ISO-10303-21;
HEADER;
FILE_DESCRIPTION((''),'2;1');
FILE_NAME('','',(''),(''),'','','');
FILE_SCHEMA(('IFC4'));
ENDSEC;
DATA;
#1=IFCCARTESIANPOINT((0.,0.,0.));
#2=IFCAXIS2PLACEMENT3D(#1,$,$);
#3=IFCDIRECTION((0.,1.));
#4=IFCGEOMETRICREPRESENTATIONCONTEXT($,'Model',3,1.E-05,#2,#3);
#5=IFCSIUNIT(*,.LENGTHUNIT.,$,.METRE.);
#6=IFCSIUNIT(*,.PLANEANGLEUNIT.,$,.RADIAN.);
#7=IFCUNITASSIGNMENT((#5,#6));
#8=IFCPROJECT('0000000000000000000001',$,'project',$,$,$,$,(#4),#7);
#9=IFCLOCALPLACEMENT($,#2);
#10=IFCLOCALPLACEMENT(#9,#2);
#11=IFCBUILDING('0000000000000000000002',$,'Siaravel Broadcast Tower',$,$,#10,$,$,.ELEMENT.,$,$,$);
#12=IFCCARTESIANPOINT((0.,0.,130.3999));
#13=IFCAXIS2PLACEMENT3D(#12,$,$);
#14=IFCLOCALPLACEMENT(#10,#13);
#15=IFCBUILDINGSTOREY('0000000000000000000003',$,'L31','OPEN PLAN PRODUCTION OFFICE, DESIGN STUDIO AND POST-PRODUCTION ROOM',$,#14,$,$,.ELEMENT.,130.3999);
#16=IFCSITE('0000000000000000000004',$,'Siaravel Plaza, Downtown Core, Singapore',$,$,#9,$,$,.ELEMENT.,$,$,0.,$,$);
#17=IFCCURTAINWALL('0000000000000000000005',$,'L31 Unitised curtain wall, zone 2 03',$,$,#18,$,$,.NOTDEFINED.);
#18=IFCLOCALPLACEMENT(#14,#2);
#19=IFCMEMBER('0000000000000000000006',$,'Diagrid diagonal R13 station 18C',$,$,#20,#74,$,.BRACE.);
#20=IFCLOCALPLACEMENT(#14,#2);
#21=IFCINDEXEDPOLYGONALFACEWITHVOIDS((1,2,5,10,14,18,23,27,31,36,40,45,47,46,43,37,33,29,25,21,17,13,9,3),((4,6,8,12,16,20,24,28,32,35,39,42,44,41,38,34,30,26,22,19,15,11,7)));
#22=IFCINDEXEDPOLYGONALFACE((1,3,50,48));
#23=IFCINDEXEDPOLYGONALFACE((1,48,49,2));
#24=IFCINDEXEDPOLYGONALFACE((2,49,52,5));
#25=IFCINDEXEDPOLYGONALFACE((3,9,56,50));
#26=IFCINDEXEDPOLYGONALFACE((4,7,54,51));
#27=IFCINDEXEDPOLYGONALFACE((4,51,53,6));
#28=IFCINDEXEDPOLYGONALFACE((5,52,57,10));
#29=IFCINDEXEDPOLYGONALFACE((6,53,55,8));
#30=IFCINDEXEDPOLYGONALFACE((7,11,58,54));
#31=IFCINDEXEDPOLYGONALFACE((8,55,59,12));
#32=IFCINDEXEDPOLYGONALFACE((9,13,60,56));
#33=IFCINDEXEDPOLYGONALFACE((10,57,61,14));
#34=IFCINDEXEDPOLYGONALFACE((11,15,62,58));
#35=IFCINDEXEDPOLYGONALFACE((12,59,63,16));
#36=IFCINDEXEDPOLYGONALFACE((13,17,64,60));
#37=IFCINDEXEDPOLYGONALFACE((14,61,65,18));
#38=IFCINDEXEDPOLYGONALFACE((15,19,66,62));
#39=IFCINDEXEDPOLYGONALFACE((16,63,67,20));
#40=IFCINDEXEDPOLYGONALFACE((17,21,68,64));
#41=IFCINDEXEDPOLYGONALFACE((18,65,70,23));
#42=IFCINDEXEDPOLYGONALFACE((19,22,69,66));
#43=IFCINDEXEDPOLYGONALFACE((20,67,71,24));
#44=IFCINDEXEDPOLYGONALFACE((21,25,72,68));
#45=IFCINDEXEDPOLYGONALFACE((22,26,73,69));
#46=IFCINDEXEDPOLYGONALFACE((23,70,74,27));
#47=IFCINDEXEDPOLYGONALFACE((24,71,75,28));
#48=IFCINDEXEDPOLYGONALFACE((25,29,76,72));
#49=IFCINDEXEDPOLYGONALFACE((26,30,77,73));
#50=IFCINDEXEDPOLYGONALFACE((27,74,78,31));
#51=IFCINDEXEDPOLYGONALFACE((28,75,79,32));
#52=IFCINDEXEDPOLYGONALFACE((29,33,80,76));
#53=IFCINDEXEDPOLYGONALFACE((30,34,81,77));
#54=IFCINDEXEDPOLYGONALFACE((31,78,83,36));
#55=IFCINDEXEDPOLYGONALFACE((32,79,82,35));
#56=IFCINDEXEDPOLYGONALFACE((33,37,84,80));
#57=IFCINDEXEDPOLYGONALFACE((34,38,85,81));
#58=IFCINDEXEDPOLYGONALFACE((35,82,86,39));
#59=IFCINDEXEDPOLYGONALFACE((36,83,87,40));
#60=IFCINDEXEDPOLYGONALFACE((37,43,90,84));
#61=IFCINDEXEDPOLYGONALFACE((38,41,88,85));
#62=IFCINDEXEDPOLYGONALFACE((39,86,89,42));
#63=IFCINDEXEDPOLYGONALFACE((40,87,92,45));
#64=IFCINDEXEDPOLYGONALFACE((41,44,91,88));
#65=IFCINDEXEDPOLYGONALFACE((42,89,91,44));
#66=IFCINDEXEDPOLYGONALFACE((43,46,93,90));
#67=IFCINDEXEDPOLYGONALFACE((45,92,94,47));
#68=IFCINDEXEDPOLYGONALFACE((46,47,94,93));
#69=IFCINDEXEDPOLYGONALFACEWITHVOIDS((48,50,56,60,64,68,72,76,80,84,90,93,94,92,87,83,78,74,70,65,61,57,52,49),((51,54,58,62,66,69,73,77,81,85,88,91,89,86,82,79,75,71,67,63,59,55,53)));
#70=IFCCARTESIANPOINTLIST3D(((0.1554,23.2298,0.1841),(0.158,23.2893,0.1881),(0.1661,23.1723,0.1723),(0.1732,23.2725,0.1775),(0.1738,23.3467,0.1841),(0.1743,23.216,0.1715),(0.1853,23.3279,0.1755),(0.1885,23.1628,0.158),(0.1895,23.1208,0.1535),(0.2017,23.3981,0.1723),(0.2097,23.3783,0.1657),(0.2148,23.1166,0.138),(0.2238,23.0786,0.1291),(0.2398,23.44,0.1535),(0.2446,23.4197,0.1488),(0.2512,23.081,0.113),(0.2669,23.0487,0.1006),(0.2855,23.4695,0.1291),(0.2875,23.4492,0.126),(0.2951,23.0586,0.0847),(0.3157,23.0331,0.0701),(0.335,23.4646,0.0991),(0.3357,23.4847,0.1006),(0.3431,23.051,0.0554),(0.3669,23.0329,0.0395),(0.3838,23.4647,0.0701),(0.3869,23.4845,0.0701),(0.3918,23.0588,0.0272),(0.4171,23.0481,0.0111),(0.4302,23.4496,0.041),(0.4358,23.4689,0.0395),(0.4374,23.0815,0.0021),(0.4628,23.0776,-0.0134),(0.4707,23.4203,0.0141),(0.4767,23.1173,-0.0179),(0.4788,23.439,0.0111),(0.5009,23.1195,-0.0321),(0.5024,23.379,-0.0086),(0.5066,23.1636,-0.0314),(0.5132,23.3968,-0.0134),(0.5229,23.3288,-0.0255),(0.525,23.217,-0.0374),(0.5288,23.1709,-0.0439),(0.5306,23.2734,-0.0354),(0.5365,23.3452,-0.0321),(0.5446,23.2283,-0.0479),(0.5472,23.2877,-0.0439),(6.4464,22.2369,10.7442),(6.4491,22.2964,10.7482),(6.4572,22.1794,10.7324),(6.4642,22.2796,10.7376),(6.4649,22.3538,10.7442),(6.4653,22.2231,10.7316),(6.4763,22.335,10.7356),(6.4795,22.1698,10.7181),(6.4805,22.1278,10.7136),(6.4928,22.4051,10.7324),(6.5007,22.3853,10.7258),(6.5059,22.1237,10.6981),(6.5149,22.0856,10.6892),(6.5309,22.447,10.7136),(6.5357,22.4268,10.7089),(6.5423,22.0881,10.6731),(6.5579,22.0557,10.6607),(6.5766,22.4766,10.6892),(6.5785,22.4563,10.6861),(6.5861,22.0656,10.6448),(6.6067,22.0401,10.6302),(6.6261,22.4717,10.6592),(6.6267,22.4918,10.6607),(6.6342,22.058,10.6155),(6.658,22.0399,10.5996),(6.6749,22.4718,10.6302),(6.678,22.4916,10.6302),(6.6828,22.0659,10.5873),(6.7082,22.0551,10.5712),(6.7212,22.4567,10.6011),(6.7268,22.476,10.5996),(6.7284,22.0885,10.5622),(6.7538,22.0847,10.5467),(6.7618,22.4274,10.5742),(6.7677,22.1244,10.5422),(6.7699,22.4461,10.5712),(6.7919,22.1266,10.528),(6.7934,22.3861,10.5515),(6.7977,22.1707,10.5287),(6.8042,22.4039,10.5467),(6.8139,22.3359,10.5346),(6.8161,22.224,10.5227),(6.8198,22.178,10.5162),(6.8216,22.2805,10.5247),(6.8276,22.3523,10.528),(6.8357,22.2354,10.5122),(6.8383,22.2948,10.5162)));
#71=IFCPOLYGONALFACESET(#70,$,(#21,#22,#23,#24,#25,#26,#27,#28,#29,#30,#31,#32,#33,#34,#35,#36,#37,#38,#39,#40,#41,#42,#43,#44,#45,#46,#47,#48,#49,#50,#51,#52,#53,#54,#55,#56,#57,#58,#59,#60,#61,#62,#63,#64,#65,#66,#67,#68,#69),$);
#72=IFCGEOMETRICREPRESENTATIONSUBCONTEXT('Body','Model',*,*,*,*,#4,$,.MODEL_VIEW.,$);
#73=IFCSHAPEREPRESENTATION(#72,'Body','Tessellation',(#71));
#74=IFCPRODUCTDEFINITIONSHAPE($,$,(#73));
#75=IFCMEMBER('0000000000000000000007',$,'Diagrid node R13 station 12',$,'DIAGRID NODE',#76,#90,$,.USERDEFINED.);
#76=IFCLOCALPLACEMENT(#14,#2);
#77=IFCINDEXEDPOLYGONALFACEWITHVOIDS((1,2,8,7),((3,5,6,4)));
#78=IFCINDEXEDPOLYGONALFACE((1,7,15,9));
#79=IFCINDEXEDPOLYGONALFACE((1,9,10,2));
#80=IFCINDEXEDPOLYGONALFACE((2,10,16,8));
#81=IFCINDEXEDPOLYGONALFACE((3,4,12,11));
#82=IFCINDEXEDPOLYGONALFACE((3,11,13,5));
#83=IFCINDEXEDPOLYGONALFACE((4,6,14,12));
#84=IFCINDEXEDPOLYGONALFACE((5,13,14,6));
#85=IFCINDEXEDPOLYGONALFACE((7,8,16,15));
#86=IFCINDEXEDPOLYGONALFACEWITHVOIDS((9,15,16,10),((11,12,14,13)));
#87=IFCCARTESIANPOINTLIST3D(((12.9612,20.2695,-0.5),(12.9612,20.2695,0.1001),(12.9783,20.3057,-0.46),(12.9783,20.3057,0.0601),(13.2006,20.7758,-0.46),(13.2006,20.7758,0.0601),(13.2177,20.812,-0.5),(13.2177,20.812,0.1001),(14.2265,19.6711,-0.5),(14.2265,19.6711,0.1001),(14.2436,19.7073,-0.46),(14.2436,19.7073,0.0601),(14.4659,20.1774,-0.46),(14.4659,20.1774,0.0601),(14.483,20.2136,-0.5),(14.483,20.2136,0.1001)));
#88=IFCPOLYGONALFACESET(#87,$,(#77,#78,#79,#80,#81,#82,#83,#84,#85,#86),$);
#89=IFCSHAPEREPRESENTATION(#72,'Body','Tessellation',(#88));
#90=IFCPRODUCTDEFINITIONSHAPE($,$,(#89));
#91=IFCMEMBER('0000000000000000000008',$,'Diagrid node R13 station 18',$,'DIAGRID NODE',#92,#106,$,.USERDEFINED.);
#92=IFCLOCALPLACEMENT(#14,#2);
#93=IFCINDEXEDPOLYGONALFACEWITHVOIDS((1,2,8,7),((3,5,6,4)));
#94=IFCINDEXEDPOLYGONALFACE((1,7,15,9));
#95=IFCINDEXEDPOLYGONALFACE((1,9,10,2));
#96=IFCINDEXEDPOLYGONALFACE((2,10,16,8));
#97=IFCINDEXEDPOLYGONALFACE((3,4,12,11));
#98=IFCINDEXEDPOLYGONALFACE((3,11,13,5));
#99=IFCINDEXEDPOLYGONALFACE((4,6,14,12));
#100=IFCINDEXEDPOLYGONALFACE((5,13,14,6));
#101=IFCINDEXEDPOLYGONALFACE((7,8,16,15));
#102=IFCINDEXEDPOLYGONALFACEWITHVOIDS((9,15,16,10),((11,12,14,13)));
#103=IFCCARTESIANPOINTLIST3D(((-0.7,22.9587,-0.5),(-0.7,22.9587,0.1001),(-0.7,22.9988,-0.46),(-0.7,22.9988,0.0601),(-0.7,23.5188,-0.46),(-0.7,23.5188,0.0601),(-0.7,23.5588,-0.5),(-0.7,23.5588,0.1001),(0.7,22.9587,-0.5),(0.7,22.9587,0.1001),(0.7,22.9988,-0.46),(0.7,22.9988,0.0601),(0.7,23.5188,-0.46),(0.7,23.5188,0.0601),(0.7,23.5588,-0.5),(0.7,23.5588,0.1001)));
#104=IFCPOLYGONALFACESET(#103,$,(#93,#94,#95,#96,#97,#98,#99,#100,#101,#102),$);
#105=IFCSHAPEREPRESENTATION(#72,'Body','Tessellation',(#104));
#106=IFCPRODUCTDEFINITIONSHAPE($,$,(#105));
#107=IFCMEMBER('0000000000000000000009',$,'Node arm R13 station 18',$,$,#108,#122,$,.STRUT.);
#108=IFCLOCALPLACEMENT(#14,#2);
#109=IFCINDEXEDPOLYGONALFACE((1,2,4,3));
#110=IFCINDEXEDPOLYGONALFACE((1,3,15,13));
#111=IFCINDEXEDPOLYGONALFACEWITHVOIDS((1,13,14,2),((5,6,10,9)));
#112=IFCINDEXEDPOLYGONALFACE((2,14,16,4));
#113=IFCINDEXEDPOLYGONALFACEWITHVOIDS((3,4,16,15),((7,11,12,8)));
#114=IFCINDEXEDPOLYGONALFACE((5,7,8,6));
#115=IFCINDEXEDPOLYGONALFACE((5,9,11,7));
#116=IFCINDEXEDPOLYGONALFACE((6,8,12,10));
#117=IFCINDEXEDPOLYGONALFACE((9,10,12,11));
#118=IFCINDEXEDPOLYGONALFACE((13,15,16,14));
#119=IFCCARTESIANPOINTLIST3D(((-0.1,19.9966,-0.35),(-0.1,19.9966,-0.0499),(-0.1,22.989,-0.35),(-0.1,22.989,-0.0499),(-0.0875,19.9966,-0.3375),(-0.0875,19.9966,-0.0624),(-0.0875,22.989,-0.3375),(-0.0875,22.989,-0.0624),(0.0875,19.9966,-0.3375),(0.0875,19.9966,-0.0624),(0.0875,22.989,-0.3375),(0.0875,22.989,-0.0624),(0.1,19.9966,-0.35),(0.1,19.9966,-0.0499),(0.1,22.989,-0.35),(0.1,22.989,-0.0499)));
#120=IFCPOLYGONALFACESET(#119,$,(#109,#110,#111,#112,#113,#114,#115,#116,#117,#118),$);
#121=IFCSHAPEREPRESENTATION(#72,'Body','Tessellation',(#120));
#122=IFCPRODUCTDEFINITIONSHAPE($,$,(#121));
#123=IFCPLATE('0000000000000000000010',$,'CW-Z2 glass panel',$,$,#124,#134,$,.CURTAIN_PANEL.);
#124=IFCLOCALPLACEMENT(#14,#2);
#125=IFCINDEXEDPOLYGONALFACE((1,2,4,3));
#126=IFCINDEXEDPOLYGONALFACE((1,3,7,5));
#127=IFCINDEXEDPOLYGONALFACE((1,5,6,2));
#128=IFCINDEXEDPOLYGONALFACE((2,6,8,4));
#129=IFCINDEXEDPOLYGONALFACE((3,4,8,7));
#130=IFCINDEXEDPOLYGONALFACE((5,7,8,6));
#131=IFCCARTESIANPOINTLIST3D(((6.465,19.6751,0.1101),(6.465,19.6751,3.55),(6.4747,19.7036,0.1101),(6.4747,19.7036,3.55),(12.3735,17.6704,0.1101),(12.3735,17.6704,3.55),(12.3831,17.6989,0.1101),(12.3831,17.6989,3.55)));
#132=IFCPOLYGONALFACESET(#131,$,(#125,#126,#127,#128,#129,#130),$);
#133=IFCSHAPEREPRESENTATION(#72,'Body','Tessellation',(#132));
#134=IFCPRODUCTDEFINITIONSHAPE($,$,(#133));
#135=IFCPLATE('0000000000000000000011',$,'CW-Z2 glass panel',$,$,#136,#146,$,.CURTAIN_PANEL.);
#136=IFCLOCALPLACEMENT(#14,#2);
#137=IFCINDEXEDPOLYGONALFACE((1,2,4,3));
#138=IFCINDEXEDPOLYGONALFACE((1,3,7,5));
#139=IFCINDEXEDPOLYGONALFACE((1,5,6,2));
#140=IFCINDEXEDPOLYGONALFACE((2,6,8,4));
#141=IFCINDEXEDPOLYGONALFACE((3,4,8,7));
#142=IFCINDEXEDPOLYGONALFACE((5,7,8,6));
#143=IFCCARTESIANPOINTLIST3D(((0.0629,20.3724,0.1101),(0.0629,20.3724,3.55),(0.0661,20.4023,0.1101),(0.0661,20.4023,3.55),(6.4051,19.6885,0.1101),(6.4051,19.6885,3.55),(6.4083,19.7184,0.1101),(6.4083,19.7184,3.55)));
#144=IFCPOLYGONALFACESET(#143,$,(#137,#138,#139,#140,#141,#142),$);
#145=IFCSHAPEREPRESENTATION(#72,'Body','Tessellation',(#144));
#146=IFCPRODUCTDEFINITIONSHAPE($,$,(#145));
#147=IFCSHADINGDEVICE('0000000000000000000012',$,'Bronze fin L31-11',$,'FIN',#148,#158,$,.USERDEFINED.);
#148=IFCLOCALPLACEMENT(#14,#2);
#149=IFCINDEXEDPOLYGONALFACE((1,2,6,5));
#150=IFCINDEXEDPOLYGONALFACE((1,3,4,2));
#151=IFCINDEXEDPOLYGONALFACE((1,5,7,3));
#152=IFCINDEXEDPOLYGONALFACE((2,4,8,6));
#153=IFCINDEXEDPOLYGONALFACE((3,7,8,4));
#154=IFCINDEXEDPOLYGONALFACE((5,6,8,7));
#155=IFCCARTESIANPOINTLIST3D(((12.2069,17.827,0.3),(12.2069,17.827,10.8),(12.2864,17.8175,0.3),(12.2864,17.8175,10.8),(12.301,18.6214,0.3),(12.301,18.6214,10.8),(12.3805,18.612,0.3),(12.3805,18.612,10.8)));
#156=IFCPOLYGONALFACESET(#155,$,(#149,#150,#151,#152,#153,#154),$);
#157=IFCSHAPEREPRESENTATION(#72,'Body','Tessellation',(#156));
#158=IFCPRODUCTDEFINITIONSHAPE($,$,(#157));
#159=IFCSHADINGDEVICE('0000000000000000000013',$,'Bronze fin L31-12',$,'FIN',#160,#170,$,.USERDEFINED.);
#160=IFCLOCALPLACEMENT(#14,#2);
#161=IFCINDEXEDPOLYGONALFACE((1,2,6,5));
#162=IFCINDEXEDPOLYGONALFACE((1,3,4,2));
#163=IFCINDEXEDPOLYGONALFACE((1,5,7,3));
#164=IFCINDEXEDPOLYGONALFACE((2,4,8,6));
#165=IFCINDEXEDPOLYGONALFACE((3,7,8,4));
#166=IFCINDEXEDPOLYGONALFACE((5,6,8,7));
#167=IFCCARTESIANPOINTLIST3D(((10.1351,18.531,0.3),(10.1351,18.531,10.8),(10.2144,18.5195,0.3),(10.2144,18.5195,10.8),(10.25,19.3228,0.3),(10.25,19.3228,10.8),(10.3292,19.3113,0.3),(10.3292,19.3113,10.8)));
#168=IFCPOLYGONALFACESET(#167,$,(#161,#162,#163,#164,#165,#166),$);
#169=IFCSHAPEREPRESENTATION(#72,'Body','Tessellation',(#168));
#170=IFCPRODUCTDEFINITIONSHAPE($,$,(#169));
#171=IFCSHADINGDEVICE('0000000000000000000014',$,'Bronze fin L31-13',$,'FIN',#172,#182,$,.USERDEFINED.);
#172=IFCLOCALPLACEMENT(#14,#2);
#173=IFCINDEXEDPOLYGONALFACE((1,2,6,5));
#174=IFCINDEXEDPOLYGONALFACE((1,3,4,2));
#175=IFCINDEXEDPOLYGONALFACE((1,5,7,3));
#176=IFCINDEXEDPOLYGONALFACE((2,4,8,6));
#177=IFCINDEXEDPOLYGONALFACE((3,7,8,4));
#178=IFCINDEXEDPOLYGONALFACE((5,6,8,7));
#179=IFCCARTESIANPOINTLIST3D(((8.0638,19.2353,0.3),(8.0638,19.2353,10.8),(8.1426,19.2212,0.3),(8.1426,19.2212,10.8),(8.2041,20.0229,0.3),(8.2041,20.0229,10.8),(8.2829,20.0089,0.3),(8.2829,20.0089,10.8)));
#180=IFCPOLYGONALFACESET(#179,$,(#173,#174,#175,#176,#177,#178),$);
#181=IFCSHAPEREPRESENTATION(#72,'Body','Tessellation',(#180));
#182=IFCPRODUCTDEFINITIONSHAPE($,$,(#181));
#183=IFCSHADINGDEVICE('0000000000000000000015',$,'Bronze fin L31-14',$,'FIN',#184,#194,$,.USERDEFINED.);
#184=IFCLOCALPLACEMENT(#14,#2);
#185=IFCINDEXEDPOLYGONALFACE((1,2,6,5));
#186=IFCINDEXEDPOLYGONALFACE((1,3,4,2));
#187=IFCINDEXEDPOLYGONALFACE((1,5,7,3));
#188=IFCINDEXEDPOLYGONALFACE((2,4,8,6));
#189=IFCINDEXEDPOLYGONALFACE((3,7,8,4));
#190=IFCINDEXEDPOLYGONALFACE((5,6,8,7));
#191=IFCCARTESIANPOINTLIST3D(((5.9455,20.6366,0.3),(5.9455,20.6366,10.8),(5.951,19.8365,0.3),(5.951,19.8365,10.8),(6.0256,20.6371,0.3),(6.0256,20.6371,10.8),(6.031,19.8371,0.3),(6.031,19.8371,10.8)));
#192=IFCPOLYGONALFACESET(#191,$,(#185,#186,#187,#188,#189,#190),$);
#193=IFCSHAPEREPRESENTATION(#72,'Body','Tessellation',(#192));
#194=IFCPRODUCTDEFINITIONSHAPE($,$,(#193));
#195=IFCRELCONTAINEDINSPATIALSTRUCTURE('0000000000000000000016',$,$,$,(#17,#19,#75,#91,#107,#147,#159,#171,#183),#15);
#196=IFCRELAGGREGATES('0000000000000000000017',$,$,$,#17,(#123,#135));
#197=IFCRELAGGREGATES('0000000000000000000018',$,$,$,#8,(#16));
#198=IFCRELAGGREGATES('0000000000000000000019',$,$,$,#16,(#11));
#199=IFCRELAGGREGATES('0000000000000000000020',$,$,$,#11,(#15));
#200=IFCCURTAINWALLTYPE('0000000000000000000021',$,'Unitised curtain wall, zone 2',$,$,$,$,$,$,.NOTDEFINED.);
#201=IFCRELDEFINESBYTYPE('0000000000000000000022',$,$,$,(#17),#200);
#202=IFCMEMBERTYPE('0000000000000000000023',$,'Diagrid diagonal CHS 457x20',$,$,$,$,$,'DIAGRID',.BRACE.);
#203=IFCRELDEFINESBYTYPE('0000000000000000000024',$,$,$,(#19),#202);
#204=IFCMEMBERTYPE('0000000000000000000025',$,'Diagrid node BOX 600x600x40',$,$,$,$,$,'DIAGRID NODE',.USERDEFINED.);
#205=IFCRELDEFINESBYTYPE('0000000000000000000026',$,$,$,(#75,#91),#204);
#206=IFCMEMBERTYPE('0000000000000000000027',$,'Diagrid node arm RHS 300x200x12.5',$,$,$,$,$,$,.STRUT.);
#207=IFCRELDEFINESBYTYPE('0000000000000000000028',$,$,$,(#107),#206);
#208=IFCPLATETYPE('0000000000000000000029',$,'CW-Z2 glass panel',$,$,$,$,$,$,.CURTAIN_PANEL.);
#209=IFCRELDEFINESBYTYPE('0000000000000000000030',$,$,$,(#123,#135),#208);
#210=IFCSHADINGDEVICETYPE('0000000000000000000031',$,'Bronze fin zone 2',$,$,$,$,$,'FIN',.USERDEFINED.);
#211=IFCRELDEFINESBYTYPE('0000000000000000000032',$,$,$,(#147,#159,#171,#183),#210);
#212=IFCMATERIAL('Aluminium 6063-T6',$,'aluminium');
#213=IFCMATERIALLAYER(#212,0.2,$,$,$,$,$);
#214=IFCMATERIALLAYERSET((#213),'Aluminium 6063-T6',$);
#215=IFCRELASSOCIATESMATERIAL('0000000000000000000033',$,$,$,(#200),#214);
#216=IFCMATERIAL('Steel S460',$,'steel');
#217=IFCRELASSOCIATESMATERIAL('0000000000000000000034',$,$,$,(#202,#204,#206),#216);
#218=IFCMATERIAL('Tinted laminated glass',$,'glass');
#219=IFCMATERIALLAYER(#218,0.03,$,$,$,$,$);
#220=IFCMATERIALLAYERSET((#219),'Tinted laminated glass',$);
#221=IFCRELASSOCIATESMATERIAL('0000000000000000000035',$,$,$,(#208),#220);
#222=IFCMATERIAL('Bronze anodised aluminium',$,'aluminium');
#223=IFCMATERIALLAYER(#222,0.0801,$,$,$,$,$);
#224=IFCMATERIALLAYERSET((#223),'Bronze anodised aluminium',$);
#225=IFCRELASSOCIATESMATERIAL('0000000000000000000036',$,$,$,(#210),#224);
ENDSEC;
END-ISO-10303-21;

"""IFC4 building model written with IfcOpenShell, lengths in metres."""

from ifc_helpers import new_model, si_unit, direction, frame, origin, origin_2d, place, context, subcontext, project, spatial, rectangle, hollow_rectangle, hollow_circle, extrude, material, layer, layer_set, material_profile, profile_set, type_object, element, aggregate, save


model = new_model("IFC4")

# Units and contexts
model_context = context("Model", 3, precision=1e-05, world=origin(), true_north=direction((0.0, 1.0)))
body_context = subcontext(model_context, "Body", "Model", "MODEL_VIEW")
ifc_project = project(units=[si_unit("LENGTHUNIT", "METRE"), si_unit("PLANEANGLEUNIT", "RADIAN")], contexts=[model_context])

# Site, building, storey
site_placement = place(None, origin())
site = spatial("IfcSite", under=ifc_project, at=site_placement, Name="Siaravel Plaza, Downtown Core, Singapore", CompositionType="ELEMENT", RefElevation=0.0)
building_placement = place(site_placement, origin())
building = spatial("IfcBuilding", under=site, at=building_placement, Name="Siaravel Broadcast Tower", CompositionType="ELEMENT")
storey_placement = place(building_placement, frame((0.0, 0.0, 130.3999)))
storey = spatial("IfcBuildingStorey", under=building, at=storey_placement, Name="L31", Description="OPEN PLAN PRODUCTION OFFICE, DESIGN STUDIO AND POST-PRODUCTION ROOM", CompositionType="ELEMENT", Elevation=130.3999)

# Curtain wall
ifc_material_1 = material(Name="Aluminium 6063-T6", Category="aluminium")
ifc_layer_1 = layer(ifc_material_1, 0.2)
ifc_layer_set_1 = layer_set([ifc_layer_1], Name="Aluminium 6063-T6")
curtain_wall_type = type_object("IfcCurtainWallType", Name="Unitised curtain wall, zone 2", PredefinedType="NOTDEFINED", material=ifc_layer_set_1)
curtain_wall_placement = place(storey_placement, origin())
curtain_wall = element("IfcCurtainWall", 1, at=curtain_wall_placement, inside=storey, type_object=curtain_wall_type, Name="L31 Unitised curtain wall, zone 2 03", PredefinedType="NOTDEFINED")

# Members
ifc_material_2 = material(Name="Steel S460", Category="steel")
ifc_material_profile_1 = material_profile(ifc_material_2, hollow_circle(Radius=0.2285, WallThickness=0.02, at=origin_2d()))
ifc_profile_set_1 = profile_set([ifc_material_profile_1], Name="Steel S460")
member_type_1 = type_object("IfcMemberType", Name="Diagrid diagonal CHS 457x20", ElementType="DIAGRID", PredefinedType="BRACE", material=ifc_profile_set_1)
member_1_placement = place(storey_placement, frame((0.3513, 23.2588, 0.0701), z_axis=(0.510139, -0.080516, 0.856315), x_axis=(0.155902, 0.987773, 0.0)))
element("IfcMember", 2, at=member_1_placement, inside=storey, type_object=member_type_1, Name="Diagrid diagonal R13 station 18C", PredefinedType="BRACE", context=body_context, shape_type="SweptSolid", body=[
    extrude(hollow_circle(Radius=0.2285, WallThickness=0.02, at=origin_2d()), origin(), (0.0, 0.0, 1.0), 12.332),
])
ifc_material_profile_2 = material_profile(ifc_material_2, hollow_rectangle(XDim=0.6001, YDim=0.6001, WallThickness=0.04, at=origin_2d()))
ifc_profile_set_2 = profile_set([ifc_material_profile_2], Name="Steel S460")
member_type_2 = type_object("IfcMemberType", Name="Diagrid node BOX 600x600x40", ElementType="DIAGRID NODE", PredefinedType="USERDEFINED", material=ifc_profile_set_2)
member_2_placement = place(storey_placement, frame((14.3547, 19.9424, -0.2), z_axis=(-0.904015, 0.427501, 0.0), x_axis=(-0.427501, -0.904015, 0.0)))
element("IfcMember", 3, at=member_2_placement, inside=storey, type_object=member_type_2, Name="Diagrid node R13 station 12", ObjectType="DIAGRID NODE", PredefinedType="USERDEFINED", context=body_context, shape_type="SweptSolid", body=[
    extrude(hollow_rectangle(XDim=0.6001, YDim=0.6001, WallThickness=0.04, at=origin_2d()), origin(), (0.0, 0.0, 1.0), 1.3997),
])
member_3_placement = place(storey_placement, frame((0.7, 23.2588, -0.2), z_axis=(-1.0, 0.0, 0.0), x_axis=(0.0, -1.0, 0.0)))
element("IfcMember", 4, at=member_3_placement, inside=storey, type_object=member_type_2, Name="Diagrid node R13 station 18", ObjectType="DIAGRID NODE", PredefinedType="USERDEFINED", context=body_context, shape_type="SweptSolid", body=[
    extrude(hollow_rectangle(XDim=0.6001, YDim=0.6001, WallThickness=0.04, at=origin_2d()), origin(), (0.0, 0.0, 1.0), 1.3999),
])
ifc_material_profile_3 = material_profile(ifc_material_2, hollow_rectangle(XDim=0.2, YDim=0.3, WallThickness=0.0125, at=origin_2d()))
ifc_profile_set_3 = profile_set([ifc_material_profile_3], Name="Steel S460")
member_type_3 = type_object("IfcMemberType", Name="Diagrid node arm RHS 300x200x12.5", PredefinedType="STRUT", material=ifc_profile_set_3)
member_4_placement = place(storey_placement, frame((0.0, 19.9966, -0.2), z_axis=(0.0, 1.0, 0.0), x_axis=(-1.0, 0.0, 0.0)))
element("IfcMember", 5, at=member_4_placement, inside=storey, type_object=member_type_3, Name="Node arm R13 station 18", PredefinedType="STRUT", context=body_context, shape_type="SweptSolid", body=[
    extrude(hollow_rectangle(XDim=0.2, YDim=0.3, WallThickness=0.0125, at=origin_2d()), origin(), (0.0, 0.0, 1.0), 2.9924),
])

# Plates
ifc_material_3 = material(Name="Tinted laminated glass", Category="glass")
ifc_layer_2 = layer(ifc_material_3, 0.03)
ifc_layer_set_2 = layer_set([ifc_layer_2], Name="Tinted laminated glass")
plate_type = type_object("IfcPlateType", Name="CW-Z2 glass panel", PredefinedType="CURTAIN_PANEL", material=ifc_layer_set_2)
plate_1_placement = place(storey_placement, frame((9.4241, 18.687, 0.1101), z_axis=(0.0, 0.0, 1.0), x_axis=(-0.946977, 0.321302, 0.0)))
plate_1 = element("IfcPlate", 6, at=plate_1_placement, type_object=plate_type, Name="CW-Z2 glass panel", PredefinedType="CURTAIN_PANEL", context=body_context, shape_type="SweptSolid", body=[
    extrude(rectangle(XDim=6.2393, YDim=0.03, at=origin_2d()), origin(), (0.0, 0.0, 1.0), 3.4399),
])
plate_2_placement = place(storey_placement, frame((3.2356, 20.0454, 0.1101), z_axis=(0.0, 0.0, 1.0), x_axis=(-0.994236, 0.107218, 0.0)))
plate_2 = element("IfcPlate", 7, at=plate_2_placement, type_object=plate_type, Name="CW-Z2 glass panel", PredefinedType="CURTAIN_PANEL", context=body_context, shape_type="SweptSolid", body=[
    extrude(rectangle(XDim=6.3789, YDim=0.03, at=origin_2d()), origin(), (0.0, 0.0, 1.0), 3.4399),
])
aggregate(curtain_wall, [plate_1, plate_2])

# Shading devices
ifc_material_4 = material(Name="Bronze anodised aluminium", Category="aluminium")
ifc_layer_3 = layer(ifc_material_4, 0.0801)
ifc_layer_set_3 = layer_set([ifc_layer_3], Name="Bronze anodised aluminium")
shading_device_type = type_object("IfcShadingDeviceType", Name="Bronze fin zone 2", ElementType="FIN", PredefinedType="USERDEFINED", material=ifc_layer_set_3)
for number, where, z_axis, x_axis, name in (
    (8, (12.2937, 18.2195, 0.3), (0.0, 0.0, 1.0), (0.117688, 0.993051, 0.0), "Bronze fin L31-11"),
    (9, (10.2322, 18.9211, 0.3), (0.0, 0.0, 1.0), (0.143548, 0.989643, 0.0), "Bronze fin L31-12"),
    (10, (8.1733, 19.6221, 0.3), (0.0, 0.0, 1.0), (0.17536, 0.984504, 0.0), "Bronze fin L31-13"),
    (11, (5.9883, 20.2368, 0.3), (0.0, 0.0, 1.0), (-0.006784, 0.999977, 0.0), "Bronze fin L31-14"),
):
    element("IfcShadingDevice", number, at=place(storey_placement, frame(where, z_axis=z_axis, x_axis=x_axis)), inside=storey, type_object=shading_device_type, Name=name, ObjectType="FIN", PredefinedType="USERDEFINED", context=body_context, shape_type="SweptSolid", body=[
        extrude(rectangle(XDim=0.8, YDim=0.0801, at=origin_2d()), origin(), (0.0, 0.0, 1.0), 10.5),
    ])

save(model, "model.ifc")
